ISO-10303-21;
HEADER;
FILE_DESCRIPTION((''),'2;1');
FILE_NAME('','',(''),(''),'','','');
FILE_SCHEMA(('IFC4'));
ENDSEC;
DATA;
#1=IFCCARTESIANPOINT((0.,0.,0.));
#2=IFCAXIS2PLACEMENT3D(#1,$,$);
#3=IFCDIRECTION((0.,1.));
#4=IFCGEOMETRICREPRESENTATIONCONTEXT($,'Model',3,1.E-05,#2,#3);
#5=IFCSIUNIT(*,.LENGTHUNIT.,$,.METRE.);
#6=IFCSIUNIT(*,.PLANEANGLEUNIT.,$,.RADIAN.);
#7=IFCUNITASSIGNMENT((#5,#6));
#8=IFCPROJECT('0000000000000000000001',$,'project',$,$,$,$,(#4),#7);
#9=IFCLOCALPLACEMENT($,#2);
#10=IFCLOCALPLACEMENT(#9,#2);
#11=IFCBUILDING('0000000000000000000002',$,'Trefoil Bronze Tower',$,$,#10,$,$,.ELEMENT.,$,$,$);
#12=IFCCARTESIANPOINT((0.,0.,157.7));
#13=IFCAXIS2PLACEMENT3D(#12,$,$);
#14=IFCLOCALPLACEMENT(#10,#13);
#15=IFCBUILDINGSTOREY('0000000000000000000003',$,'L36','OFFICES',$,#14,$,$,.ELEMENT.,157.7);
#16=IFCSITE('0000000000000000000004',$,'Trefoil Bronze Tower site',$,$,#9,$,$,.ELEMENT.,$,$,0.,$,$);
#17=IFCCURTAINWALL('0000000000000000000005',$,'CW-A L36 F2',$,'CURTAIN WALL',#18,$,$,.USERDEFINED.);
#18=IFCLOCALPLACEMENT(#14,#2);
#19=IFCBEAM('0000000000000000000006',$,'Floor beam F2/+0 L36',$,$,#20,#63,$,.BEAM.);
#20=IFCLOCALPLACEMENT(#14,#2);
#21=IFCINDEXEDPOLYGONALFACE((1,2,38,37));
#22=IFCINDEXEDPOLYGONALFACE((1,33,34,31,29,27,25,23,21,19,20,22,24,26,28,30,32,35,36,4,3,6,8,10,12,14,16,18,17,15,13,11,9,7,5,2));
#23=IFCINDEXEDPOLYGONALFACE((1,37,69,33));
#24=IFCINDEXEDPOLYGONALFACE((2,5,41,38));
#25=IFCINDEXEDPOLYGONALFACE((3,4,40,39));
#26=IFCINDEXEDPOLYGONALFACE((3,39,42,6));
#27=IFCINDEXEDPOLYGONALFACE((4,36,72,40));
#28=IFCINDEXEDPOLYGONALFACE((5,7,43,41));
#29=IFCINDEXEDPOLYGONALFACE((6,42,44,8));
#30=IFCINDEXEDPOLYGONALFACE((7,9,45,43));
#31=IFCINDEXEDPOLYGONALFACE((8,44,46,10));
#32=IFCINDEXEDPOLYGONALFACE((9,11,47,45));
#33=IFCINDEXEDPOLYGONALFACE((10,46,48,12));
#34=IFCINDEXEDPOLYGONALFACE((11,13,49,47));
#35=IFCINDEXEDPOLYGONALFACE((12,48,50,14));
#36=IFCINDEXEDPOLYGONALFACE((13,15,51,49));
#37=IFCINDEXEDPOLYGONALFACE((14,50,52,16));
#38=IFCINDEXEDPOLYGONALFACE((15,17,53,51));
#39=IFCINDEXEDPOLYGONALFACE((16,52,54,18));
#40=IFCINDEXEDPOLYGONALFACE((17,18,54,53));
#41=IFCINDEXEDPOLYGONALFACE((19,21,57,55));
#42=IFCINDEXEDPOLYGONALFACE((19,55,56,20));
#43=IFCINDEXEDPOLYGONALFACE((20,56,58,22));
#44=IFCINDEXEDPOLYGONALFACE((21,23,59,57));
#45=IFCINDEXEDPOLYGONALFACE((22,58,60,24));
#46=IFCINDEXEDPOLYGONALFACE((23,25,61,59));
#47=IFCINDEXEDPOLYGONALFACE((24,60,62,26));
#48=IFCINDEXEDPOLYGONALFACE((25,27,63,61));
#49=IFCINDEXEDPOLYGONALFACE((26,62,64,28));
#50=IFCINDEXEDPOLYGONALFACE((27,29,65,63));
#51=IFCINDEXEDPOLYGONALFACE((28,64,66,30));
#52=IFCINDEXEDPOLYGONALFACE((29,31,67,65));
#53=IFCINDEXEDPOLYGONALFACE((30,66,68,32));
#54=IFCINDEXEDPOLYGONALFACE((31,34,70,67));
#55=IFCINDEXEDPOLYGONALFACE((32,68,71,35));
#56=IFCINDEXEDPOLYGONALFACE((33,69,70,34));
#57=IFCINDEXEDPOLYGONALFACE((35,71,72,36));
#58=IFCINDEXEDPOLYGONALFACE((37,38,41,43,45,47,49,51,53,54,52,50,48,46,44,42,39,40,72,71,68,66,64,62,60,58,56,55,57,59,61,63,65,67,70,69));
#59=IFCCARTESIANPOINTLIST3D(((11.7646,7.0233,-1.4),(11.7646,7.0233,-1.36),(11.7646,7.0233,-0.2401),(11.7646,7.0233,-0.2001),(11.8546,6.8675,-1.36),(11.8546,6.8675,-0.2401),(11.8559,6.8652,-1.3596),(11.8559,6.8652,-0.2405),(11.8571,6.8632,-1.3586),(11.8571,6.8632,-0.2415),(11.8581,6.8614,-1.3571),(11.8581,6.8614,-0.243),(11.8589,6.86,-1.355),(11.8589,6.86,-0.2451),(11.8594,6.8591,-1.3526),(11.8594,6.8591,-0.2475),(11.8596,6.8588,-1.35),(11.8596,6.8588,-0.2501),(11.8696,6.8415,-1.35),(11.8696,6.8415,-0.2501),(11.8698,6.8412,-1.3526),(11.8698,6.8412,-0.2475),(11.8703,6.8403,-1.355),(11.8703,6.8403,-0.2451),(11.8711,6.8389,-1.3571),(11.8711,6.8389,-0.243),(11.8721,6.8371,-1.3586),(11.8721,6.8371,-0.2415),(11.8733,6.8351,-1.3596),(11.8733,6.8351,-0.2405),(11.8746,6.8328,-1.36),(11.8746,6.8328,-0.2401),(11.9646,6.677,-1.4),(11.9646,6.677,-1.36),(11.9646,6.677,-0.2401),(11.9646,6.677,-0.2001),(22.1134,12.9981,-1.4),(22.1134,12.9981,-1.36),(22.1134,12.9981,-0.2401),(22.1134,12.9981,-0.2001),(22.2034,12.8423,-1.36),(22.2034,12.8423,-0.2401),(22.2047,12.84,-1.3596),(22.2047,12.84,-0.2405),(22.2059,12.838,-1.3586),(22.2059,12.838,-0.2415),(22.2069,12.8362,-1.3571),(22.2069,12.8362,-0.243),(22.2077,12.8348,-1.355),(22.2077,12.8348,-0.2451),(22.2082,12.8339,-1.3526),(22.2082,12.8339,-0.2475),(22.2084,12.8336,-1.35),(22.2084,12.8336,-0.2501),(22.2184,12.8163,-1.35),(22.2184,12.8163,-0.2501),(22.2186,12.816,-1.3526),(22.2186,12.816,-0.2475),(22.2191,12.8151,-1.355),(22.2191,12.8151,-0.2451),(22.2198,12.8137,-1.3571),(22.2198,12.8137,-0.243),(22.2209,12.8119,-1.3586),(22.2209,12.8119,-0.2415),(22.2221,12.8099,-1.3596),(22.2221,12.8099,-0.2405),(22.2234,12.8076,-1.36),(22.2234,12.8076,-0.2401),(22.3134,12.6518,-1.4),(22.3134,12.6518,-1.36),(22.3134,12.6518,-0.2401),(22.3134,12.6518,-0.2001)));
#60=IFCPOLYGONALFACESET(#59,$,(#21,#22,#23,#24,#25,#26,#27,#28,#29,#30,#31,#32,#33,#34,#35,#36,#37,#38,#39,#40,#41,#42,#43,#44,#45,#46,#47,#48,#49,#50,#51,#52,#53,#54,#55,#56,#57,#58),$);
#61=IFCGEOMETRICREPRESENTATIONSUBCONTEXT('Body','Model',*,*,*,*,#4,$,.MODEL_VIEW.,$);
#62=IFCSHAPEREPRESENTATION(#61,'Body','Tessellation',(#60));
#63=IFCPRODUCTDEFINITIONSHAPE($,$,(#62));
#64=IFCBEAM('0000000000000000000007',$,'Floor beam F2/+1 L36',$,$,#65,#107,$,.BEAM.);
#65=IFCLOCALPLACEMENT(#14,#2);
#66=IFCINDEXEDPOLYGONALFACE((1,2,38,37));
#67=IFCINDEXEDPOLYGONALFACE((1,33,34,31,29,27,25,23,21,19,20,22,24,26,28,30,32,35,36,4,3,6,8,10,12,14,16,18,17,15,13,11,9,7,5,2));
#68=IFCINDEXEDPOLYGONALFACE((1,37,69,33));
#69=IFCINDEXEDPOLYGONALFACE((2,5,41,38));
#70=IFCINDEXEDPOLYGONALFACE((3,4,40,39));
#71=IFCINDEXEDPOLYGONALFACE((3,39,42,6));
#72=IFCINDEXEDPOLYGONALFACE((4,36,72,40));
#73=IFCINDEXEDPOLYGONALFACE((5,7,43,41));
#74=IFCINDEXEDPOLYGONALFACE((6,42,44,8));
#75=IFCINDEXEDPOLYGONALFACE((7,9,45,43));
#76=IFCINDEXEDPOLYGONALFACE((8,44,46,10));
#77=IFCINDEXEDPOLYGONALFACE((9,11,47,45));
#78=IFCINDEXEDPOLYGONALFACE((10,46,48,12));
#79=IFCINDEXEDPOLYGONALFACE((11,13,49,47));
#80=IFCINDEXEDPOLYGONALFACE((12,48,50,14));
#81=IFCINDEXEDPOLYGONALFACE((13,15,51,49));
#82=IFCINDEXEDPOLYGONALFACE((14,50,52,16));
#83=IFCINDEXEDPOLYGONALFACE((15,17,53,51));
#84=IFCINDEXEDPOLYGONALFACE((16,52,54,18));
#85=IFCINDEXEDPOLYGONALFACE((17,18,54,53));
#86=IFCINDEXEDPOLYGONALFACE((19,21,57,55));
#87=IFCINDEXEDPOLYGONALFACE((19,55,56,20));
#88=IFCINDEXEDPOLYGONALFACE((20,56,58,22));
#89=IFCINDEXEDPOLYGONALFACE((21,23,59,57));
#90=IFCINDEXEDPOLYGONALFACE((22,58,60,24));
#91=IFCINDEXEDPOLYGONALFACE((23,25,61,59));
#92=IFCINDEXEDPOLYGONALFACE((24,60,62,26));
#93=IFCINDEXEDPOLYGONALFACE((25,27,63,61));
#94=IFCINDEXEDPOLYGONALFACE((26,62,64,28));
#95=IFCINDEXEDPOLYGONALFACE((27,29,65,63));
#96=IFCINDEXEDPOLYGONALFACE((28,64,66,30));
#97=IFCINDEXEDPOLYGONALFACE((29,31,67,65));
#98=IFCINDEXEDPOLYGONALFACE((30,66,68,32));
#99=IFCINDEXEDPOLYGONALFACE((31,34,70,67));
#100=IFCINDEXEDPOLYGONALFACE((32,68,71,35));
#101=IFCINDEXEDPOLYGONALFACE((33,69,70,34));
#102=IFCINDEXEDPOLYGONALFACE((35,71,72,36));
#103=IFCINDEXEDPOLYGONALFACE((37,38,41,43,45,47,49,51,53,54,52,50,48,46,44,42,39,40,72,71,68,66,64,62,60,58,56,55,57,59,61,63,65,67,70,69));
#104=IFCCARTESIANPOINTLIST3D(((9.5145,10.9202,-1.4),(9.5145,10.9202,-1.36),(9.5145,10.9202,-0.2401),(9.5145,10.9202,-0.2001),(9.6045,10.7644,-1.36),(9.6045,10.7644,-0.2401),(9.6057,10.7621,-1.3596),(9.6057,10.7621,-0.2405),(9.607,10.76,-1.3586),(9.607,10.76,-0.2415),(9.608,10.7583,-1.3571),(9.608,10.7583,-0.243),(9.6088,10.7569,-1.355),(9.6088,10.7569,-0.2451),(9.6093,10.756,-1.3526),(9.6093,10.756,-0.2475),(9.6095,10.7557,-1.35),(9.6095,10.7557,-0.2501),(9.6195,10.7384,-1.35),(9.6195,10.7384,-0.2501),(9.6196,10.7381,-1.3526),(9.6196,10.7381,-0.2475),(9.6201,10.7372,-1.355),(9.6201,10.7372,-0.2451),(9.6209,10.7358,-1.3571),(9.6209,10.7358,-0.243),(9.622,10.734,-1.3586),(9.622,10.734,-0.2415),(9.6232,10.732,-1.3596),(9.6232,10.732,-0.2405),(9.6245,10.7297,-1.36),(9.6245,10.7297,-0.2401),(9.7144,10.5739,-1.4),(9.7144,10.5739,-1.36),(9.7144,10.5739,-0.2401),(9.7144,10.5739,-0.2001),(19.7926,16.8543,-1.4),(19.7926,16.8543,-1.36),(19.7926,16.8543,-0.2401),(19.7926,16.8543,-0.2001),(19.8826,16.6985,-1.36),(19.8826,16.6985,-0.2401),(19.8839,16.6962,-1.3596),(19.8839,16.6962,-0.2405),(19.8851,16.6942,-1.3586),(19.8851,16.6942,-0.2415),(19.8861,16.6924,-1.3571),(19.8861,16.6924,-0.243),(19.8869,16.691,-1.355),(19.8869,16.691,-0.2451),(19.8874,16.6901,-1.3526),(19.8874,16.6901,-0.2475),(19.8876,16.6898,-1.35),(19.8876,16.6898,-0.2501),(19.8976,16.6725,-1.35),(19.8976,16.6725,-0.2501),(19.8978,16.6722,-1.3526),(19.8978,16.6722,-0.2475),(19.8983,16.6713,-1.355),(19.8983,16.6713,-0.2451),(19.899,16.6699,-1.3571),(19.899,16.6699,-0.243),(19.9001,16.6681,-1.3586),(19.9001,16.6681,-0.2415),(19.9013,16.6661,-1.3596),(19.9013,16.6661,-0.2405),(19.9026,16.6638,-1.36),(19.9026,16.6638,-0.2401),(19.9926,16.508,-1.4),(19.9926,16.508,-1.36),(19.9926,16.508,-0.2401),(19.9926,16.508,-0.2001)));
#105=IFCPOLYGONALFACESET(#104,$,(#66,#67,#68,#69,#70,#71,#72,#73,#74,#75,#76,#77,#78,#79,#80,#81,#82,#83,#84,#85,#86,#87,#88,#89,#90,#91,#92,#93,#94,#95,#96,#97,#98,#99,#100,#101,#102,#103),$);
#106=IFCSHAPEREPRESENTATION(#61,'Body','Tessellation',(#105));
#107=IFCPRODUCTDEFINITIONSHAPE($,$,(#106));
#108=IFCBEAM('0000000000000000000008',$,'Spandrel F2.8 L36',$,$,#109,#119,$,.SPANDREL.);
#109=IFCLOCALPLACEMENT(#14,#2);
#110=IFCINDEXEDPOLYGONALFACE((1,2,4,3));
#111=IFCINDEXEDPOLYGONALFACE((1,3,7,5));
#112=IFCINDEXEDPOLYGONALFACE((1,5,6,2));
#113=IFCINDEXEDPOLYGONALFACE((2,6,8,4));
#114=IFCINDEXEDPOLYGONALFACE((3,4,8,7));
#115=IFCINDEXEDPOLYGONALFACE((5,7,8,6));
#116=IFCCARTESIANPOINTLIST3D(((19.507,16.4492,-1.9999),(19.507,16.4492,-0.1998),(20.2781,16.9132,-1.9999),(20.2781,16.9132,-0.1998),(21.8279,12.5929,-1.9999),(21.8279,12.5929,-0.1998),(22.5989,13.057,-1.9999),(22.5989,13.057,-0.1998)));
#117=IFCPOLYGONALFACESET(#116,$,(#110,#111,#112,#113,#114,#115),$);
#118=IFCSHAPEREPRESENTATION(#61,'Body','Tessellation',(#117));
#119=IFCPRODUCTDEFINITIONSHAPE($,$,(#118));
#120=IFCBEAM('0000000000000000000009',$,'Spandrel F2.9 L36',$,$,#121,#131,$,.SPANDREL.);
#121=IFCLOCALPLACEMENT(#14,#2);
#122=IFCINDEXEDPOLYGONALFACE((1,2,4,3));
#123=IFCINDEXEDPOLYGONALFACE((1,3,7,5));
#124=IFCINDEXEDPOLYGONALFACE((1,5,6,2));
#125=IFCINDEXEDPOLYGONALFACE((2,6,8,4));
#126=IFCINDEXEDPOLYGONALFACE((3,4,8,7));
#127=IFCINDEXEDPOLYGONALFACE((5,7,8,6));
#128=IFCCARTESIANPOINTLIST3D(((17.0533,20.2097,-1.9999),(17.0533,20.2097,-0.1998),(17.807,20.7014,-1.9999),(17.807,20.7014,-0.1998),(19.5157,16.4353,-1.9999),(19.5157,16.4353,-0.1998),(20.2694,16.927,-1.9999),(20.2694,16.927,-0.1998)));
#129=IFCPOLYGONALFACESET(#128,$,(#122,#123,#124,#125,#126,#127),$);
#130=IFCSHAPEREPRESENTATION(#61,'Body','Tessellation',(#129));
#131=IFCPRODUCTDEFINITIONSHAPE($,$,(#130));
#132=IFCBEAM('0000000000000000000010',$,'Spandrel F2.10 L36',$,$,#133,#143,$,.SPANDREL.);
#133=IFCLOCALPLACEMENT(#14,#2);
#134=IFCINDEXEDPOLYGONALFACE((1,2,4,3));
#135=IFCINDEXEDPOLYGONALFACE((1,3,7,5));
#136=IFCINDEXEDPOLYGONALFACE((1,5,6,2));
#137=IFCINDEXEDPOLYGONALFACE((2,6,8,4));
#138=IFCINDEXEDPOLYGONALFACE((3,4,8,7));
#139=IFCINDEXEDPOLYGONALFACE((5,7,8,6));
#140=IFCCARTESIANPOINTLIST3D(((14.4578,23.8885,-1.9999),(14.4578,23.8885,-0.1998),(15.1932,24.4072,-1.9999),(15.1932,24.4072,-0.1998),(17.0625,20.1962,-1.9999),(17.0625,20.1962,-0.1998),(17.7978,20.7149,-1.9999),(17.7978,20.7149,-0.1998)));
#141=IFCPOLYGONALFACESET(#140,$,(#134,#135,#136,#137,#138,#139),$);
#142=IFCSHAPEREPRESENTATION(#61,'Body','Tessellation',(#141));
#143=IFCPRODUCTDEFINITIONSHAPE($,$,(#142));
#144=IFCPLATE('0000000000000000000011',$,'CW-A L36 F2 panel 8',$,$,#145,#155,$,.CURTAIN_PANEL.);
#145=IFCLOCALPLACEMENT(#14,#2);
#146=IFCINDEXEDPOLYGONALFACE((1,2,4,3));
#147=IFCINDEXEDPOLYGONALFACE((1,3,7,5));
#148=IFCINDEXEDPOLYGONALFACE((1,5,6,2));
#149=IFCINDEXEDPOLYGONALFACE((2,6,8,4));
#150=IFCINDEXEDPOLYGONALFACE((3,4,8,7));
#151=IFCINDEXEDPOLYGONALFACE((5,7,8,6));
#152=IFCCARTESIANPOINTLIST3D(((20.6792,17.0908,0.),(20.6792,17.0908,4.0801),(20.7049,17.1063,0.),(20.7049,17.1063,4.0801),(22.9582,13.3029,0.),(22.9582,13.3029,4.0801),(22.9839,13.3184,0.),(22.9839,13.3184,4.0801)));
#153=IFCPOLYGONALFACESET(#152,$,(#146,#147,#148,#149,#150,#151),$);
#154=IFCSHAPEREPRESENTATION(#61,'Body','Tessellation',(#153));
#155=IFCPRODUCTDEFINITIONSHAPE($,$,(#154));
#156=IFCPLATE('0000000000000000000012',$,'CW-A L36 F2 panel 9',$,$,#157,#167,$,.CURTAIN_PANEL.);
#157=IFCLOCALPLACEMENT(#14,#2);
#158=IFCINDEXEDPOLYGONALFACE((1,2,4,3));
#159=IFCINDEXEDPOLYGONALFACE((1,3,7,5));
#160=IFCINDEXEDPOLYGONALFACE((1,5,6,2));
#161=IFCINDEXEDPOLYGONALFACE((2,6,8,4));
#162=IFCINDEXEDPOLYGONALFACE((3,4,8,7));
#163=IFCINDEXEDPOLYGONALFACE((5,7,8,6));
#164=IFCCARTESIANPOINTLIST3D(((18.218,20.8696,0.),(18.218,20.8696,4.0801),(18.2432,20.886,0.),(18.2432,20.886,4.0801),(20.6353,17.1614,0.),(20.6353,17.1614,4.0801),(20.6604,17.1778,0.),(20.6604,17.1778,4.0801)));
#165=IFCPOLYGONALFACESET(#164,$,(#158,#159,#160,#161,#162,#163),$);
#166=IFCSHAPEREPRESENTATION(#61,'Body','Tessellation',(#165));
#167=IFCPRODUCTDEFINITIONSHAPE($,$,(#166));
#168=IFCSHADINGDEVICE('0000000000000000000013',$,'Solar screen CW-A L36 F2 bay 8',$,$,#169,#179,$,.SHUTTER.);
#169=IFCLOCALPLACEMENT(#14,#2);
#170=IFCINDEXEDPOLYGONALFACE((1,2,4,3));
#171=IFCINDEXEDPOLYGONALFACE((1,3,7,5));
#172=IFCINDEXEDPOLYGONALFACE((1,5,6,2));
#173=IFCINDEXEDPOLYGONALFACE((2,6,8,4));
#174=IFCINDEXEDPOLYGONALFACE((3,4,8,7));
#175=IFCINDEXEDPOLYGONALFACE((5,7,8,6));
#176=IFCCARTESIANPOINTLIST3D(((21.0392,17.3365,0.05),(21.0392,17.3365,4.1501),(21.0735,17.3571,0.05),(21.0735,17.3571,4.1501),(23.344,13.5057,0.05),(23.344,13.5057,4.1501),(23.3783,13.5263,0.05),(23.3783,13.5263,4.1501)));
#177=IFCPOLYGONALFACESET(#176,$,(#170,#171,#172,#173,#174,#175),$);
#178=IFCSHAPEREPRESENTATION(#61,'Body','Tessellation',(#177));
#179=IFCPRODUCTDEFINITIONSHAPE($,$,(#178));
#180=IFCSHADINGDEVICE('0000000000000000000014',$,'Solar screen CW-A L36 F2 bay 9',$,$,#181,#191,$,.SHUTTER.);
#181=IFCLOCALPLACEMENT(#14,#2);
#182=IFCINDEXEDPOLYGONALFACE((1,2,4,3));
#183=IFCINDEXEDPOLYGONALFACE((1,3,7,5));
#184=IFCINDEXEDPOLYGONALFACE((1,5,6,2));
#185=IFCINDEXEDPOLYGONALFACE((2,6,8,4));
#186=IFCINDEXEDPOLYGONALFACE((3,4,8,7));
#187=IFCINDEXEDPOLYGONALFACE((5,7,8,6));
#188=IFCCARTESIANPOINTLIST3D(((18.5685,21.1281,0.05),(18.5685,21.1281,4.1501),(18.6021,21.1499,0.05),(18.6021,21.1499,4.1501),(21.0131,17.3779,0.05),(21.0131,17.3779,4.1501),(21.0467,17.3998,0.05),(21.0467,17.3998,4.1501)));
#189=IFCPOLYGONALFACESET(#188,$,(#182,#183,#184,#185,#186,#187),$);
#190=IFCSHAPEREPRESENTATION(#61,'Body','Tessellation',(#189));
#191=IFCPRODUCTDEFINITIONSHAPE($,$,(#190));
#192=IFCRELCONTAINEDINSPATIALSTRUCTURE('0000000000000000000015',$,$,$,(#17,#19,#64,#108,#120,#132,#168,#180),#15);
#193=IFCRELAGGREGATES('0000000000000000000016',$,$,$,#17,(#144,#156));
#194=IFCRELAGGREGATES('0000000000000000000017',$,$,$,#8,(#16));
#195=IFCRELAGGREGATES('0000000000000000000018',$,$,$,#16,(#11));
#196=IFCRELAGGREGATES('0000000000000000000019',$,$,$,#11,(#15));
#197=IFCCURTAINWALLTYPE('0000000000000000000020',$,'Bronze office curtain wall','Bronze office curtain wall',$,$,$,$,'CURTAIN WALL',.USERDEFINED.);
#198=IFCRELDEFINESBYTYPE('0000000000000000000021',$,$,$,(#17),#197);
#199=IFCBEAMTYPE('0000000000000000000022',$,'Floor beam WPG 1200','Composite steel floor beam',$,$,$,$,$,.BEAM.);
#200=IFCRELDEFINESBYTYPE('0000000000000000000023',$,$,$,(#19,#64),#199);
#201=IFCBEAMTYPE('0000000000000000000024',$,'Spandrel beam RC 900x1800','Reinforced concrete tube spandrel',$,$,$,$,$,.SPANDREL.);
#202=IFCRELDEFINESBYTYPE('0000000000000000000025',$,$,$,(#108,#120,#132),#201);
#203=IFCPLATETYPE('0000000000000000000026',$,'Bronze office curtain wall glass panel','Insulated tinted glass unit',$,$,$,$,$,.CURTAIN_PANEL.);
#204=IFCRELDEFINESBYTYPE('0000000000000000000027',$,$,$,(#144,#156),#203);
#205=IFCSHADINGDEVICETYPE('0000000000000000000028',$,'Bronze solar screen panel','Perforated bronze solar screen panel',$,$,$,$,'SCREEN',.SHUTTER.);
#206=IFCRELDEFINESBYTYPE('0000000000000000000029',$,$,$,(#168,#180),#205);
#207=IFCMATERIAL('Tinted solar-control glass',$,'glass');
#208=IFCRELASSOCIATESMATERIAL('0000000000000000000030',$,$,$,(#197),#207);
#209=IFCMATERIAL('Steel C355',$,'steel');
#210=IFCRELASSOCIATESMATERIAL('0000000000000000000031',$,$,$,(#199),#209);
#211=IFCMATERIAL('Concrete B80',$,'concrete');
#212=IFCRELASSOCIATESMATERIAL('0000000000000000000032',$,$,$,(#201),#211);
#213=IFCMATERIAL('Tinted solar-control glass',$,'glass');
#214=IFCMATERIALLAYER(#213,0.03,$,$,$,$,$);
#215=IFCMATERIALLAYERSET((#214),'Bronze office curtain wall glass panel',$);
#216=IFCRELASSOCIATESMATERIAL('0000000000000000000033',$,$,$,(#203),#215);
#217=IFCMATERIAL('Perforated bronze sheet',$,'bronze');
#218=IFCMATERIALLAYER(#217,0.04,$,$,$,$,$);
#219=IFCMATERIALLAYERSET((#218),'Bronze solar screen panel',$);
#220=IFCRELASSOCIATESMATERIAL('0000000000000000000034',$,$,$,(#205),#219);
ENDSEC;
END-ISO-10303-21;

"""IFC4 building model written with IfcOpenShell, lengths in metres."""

from ifc_helpers import new_model, si_unit, direction, frame, origin, origin_2d, place, context, subcontext, project, spatial, rectangle, i_section, extrude, material, layer, layer_set, material_profile, profile_set, type_object, element, aggregate, save


model = new_model("IFC4")

# Units and contexts
model_context = context("Model", 3, precision=1e-05, world=origin(), true_north=direction((0.0, 1.0)))
body_context = subcontext(model_context, "Body", "Model", "MODEL_VIEW")
ifc_project = project(units=[si_unit("LENGTHUNIT", "METRE"), si_unit("PLANEANGLEUNIT", "RADIAN")], contexts=[model_context])

# Site, building, storey
site_placement = place(None, origin())
site = spatial("IfcSite", under=ifc_project, at=site_placement, Name="Trefoil Bronze Tower site", CompositionType="ELEMENT", RefElevation=0.0)
building_placement = place(site_placement, origin())
building = spatial("IfcBuilding", under=site, at=building_placement, Name="Trefoil Bronze Tower", CompositionType="ELEMENT")
storey_placement = place(building_placement, frame((0.0, 0.0, 157.7)))
storey = spatial("IfcBuildingStorey", under=building, at=storey_placement, Name="L36", Description="OFFICES", CompositionType="ELEMENT", Elevation=157.7)

# Curtain wall
ifc_material_1 = material(Name="Tinted solar-control glass", Category="glass")
curtain_wall_type = type_object("IfcCurtainWallType", Name="Bronze office curtain wall", Description="Bronze office curtain wall", ElementType="CURTAIN WALL", PredefinedType="USERDEFINED", material=ifc_material_1)
curtain_wall_placement = place(storey_placement, origin())
curtain_wall = element("IfcCurtainWall", 1, at=curtain_wall_placement, inside=storey, type_object=curtain_wall_type, Name="CW-A L36 F2", ObjectType="CURTAIN WALL", PredefinedType="USERDEFINED")

# Beams
ifc_material_2 = material(Name="Steel C355", Category="steel")
ifc_material_profile_1 = material_profile(ifc_material_2, i_section(OverallWidth=0.3999, OverallDepth=1.2, WebThickness=0.02, FlangeThickness=0.04, FilletRadius=0.01, at=origin_2d()), Name="WPG 1200")
ifc_profile_set_1 = profile_set([ifc_material_profile_1], Name="Steel C355")
beam_type_1 = type_object("IfcBeamType", Name="Floor beam WPG 1200", Description="Composite steel floor beam", PredefinedType="BEAM", material=ifc_profile_set_1)
beam_1_placement = place(storey_placement, frame((22.2134, 12.825, -0.8), z_axis=(-0.866028, -0.499995, 0.0), x_axis=(0.499995, -0.866028, 0.0)))
element("IfcBeam", 2, at=beam_1_placement, inside=storey, type_object=beam_type_1, Name="Floor beam F2/+0 L36", PredefinedType="BEAM", context=body_context, shape_type="SweptSolid", body=[
    extrude(i_section(OverallWidth=0.3999, OverallDepth=1.2, WebThickness=0.02, FlangeThickness=0.04, FilletRadius=0.01, at=origin_2d()), origin(), (0.0, 0.0, 1.0), 11.9497),
])
beam_2_placement = place(storey_placement, frame((19.8926, 16.6812, -0.8), z_axis=(-0.866024, -0.500002, 0.0), x_axis=(0.500002, -0.866024, 0.0)))
element("IfcBeam", 3, at=beam_2_placement, inside=storey, type_object=beam_type_1, Name="Floor beam F2/+1 L36", PredefinedType="BEAM", context=body_context, shape_type="SweptSolid", body=[
    extrude(i_section(OverallWidth=0.3999, OverallDepth=1.2, WebThickness=0.02, FlangeThickness=0.04, FilletRadius=0.01, at=origin_2d()), origin(), (0.0, 0.0, 1.0), 11.8682),
])
ifc_material_3 = material(Name="Concrete B80", Category="concrete")
ifc_material_profile_2 = material_profile(ifc_material_3, rectangle(XDim=0.8999, YDim=1.8, at=origin_2d()), Name="RC 900x1800")
ifc_profile_set_2 = profile_set([ifc_material_profile_2], Name="Concrete B80")
beam_type_2 = type_object("IfcBeamType", Name="Spandrel beam RC 900x1800", Description="Reinforced concrete tube spandrel", PredefinedType="SPANDREL", material=ifc_profile_set_2)
beam_3_placement = place(storey_placement, frame((22.2134, 12.825, -1.0999), z_axis=(-0.515652, 0.856798, 0.0), x_axis=(-0.856798, -0.515652, 0.0)))
element("IfcBeam", 4, at=beam_3_placement, inside=storey, type_object=beam_type_2, Name="Spandrel F2.8 L36", PredefinedType="SPANDREL", context=body_context, shape_type="SweptSolid", body=[
    extrude(rectangle(XDim=0.8999, YDim=1.8, at=origin_2d()), origin(), (0.0, 0.0, 1.0), 4.5007),
])
beam_4_placement = place(storey_placement, frame((19.8926, 16.6812, -1.0999), z_axis=(-0.546397, 0.837527, 0.0), x_axis=(-0.837527, -0.546397, 0.0)))
element("IfcBeam", 5, at=beam_4_placement, inside=storey, type_object=beam_type_2, Name="Spandrel F2.9 L36", PredefinedType="SPANDREL", context=body_context, shape_type="SweptSolid", body=[
    extrude(rectangle(XDim=0.8999, YDim=1.8, at=origin_2d()), origin(), (0.0, 0.0, 1.0), 4.5066),
])
beam_5_placement = place(storey_placement, frame((17.4302, 20.4556, -1.0999), z_axis=(-0.576439, 0.81714, 0.0), x_axis=(-0.81714, -0.576439, 0.0)))
element("IfcBeam", 6, at=beam_5_placement, inside=storey, type_object=beam_type_2, Name="Spandrel F2.10 L36", PredefinedType="SPANDREL", context=body_context, shape_type="SweptSolid", body=[
    extrude(rectangle(XDim=0.8999, YDim=1.8, at=origin_2d()), origin(), (0.0, 0.0, 1.0), 4.5186),
])

# Plates
ifc_material_4 = material(Name="Tinted solar-control glass", Category="glass")
ifc_layer_1 = layer(ifc_material_4, 0.03)
ifc_layer_set_1 = layer_set([ifc_layer_1], Name="Bronze office curtain wall glass panel")
plate_type = type_object("IfcPlateType", Name="Bronze office curtain wall glass panel", Description="Insulated tinted glass unit", PredefinedType="CURTAIN_PANEL", material=ifc_layer_set_1)
plate_1_placement = place(storey_placement, frame((21.8315, 15.2046, 0.0), z_axis=(0.0, 0.0, 1.0), x_axis=(-0.515525, 0.856874, 0.0)))
plate_1 = element("IfcPlate", 7, at=plate_1_placement, type_object=plate_type, Name="CW-A L36 F2 panel 8", PredefinedType="CURTAIN_PANEL", context=body_context, shape_type="SweptSolid", body=[
    extrude(rectangle(XDim=4.4207, YDim=0.03, at=origin_2d()), origin(), (0.0, 0.0, 1.0), 4.0801),
])
plate_2_placement = place(storey_placement, frame((19.4392, 19.0237, 0.0), z_axis=(0.0, 0.0, 1.0), x_axis=(-0.546089, 0.837727, 0.0)))
plate_2 = element("IfcPlate", 8, at=plate_2_placement, type_object=plate_type, Name="CW-A L36 F2 panel 9", PredefinedType="CURTAIN_PANEL", context=body_context, shape_type="SweptSolid", body=[
    extrude(rectangle(XDim=4.4265, YDim=0.03, at=origin_2d()), origin(), (0.0, 0.0, 1.0), 4.0801),
])
aggregate(curtain_wall, [plate_1, plate_2])

# Shading devices
ifc_material_5 = material(Name="Perforated bronze sheet", Category="bronze")
ifc_layer_2 = layer(ifc_material_5, 0.04)
ifc_layer_set_2 = layer_set([ifc_layer_2], Name="Bronze solar screen panel")
shading_device_type = type_object("IfcShadingDeviceType", Name="Bronze solar screen panel", Description="Perforated bronze solar screen panel", ElementType="SCREEN", PredefinedType="SHUTTER", material=ifc_layer_set_2)
shading_device_1_placement = place(storey_placement, frame((22.2087, 15.4314, 0.05), z_axis=(0.0, 0.0, 1.0), x_axis=(-0.515525, 0.856874, 0.0)))
element("IfcShadingDevice", 9, at=shading_device_1_placement, inside=storey, type_object=shading_device_type, Name="Solar screen CW-A L36 F2 bay 8", PredefinedType="SHUTTER", context=body_context, shape_type="SweptSolid", body=[
    extrude(rectangle(XDim=4.4707, YDim=0.04, at=origin_2d()), origin(), (0.0, 0.0, 1.0), 4.1001),
])
shading_device_2_placement = place(storey_placement, frame((19.8076, 19.2639, 0.05), z_axis=(0.0, 0.0, 1.0), x_axis=(-0.546089, 0.837727, 0.0)))
element("IfcShadingDevice", 10, at=shading_device_2_placement, inside=storey, type_object=shading_device_type, Name="Solar screen CW-A L36 F2 bay 9", PredefinedType="SHUTTER", context=body_context, shape_type="SweptSolid", body=[
    extrude(rectangle(XDim=4.4766, YDim=0.04, at=origin_2d()), origin(), (0.0, 0.0, 1.0), 4.1001),
])

save(model, "model.ifc")
